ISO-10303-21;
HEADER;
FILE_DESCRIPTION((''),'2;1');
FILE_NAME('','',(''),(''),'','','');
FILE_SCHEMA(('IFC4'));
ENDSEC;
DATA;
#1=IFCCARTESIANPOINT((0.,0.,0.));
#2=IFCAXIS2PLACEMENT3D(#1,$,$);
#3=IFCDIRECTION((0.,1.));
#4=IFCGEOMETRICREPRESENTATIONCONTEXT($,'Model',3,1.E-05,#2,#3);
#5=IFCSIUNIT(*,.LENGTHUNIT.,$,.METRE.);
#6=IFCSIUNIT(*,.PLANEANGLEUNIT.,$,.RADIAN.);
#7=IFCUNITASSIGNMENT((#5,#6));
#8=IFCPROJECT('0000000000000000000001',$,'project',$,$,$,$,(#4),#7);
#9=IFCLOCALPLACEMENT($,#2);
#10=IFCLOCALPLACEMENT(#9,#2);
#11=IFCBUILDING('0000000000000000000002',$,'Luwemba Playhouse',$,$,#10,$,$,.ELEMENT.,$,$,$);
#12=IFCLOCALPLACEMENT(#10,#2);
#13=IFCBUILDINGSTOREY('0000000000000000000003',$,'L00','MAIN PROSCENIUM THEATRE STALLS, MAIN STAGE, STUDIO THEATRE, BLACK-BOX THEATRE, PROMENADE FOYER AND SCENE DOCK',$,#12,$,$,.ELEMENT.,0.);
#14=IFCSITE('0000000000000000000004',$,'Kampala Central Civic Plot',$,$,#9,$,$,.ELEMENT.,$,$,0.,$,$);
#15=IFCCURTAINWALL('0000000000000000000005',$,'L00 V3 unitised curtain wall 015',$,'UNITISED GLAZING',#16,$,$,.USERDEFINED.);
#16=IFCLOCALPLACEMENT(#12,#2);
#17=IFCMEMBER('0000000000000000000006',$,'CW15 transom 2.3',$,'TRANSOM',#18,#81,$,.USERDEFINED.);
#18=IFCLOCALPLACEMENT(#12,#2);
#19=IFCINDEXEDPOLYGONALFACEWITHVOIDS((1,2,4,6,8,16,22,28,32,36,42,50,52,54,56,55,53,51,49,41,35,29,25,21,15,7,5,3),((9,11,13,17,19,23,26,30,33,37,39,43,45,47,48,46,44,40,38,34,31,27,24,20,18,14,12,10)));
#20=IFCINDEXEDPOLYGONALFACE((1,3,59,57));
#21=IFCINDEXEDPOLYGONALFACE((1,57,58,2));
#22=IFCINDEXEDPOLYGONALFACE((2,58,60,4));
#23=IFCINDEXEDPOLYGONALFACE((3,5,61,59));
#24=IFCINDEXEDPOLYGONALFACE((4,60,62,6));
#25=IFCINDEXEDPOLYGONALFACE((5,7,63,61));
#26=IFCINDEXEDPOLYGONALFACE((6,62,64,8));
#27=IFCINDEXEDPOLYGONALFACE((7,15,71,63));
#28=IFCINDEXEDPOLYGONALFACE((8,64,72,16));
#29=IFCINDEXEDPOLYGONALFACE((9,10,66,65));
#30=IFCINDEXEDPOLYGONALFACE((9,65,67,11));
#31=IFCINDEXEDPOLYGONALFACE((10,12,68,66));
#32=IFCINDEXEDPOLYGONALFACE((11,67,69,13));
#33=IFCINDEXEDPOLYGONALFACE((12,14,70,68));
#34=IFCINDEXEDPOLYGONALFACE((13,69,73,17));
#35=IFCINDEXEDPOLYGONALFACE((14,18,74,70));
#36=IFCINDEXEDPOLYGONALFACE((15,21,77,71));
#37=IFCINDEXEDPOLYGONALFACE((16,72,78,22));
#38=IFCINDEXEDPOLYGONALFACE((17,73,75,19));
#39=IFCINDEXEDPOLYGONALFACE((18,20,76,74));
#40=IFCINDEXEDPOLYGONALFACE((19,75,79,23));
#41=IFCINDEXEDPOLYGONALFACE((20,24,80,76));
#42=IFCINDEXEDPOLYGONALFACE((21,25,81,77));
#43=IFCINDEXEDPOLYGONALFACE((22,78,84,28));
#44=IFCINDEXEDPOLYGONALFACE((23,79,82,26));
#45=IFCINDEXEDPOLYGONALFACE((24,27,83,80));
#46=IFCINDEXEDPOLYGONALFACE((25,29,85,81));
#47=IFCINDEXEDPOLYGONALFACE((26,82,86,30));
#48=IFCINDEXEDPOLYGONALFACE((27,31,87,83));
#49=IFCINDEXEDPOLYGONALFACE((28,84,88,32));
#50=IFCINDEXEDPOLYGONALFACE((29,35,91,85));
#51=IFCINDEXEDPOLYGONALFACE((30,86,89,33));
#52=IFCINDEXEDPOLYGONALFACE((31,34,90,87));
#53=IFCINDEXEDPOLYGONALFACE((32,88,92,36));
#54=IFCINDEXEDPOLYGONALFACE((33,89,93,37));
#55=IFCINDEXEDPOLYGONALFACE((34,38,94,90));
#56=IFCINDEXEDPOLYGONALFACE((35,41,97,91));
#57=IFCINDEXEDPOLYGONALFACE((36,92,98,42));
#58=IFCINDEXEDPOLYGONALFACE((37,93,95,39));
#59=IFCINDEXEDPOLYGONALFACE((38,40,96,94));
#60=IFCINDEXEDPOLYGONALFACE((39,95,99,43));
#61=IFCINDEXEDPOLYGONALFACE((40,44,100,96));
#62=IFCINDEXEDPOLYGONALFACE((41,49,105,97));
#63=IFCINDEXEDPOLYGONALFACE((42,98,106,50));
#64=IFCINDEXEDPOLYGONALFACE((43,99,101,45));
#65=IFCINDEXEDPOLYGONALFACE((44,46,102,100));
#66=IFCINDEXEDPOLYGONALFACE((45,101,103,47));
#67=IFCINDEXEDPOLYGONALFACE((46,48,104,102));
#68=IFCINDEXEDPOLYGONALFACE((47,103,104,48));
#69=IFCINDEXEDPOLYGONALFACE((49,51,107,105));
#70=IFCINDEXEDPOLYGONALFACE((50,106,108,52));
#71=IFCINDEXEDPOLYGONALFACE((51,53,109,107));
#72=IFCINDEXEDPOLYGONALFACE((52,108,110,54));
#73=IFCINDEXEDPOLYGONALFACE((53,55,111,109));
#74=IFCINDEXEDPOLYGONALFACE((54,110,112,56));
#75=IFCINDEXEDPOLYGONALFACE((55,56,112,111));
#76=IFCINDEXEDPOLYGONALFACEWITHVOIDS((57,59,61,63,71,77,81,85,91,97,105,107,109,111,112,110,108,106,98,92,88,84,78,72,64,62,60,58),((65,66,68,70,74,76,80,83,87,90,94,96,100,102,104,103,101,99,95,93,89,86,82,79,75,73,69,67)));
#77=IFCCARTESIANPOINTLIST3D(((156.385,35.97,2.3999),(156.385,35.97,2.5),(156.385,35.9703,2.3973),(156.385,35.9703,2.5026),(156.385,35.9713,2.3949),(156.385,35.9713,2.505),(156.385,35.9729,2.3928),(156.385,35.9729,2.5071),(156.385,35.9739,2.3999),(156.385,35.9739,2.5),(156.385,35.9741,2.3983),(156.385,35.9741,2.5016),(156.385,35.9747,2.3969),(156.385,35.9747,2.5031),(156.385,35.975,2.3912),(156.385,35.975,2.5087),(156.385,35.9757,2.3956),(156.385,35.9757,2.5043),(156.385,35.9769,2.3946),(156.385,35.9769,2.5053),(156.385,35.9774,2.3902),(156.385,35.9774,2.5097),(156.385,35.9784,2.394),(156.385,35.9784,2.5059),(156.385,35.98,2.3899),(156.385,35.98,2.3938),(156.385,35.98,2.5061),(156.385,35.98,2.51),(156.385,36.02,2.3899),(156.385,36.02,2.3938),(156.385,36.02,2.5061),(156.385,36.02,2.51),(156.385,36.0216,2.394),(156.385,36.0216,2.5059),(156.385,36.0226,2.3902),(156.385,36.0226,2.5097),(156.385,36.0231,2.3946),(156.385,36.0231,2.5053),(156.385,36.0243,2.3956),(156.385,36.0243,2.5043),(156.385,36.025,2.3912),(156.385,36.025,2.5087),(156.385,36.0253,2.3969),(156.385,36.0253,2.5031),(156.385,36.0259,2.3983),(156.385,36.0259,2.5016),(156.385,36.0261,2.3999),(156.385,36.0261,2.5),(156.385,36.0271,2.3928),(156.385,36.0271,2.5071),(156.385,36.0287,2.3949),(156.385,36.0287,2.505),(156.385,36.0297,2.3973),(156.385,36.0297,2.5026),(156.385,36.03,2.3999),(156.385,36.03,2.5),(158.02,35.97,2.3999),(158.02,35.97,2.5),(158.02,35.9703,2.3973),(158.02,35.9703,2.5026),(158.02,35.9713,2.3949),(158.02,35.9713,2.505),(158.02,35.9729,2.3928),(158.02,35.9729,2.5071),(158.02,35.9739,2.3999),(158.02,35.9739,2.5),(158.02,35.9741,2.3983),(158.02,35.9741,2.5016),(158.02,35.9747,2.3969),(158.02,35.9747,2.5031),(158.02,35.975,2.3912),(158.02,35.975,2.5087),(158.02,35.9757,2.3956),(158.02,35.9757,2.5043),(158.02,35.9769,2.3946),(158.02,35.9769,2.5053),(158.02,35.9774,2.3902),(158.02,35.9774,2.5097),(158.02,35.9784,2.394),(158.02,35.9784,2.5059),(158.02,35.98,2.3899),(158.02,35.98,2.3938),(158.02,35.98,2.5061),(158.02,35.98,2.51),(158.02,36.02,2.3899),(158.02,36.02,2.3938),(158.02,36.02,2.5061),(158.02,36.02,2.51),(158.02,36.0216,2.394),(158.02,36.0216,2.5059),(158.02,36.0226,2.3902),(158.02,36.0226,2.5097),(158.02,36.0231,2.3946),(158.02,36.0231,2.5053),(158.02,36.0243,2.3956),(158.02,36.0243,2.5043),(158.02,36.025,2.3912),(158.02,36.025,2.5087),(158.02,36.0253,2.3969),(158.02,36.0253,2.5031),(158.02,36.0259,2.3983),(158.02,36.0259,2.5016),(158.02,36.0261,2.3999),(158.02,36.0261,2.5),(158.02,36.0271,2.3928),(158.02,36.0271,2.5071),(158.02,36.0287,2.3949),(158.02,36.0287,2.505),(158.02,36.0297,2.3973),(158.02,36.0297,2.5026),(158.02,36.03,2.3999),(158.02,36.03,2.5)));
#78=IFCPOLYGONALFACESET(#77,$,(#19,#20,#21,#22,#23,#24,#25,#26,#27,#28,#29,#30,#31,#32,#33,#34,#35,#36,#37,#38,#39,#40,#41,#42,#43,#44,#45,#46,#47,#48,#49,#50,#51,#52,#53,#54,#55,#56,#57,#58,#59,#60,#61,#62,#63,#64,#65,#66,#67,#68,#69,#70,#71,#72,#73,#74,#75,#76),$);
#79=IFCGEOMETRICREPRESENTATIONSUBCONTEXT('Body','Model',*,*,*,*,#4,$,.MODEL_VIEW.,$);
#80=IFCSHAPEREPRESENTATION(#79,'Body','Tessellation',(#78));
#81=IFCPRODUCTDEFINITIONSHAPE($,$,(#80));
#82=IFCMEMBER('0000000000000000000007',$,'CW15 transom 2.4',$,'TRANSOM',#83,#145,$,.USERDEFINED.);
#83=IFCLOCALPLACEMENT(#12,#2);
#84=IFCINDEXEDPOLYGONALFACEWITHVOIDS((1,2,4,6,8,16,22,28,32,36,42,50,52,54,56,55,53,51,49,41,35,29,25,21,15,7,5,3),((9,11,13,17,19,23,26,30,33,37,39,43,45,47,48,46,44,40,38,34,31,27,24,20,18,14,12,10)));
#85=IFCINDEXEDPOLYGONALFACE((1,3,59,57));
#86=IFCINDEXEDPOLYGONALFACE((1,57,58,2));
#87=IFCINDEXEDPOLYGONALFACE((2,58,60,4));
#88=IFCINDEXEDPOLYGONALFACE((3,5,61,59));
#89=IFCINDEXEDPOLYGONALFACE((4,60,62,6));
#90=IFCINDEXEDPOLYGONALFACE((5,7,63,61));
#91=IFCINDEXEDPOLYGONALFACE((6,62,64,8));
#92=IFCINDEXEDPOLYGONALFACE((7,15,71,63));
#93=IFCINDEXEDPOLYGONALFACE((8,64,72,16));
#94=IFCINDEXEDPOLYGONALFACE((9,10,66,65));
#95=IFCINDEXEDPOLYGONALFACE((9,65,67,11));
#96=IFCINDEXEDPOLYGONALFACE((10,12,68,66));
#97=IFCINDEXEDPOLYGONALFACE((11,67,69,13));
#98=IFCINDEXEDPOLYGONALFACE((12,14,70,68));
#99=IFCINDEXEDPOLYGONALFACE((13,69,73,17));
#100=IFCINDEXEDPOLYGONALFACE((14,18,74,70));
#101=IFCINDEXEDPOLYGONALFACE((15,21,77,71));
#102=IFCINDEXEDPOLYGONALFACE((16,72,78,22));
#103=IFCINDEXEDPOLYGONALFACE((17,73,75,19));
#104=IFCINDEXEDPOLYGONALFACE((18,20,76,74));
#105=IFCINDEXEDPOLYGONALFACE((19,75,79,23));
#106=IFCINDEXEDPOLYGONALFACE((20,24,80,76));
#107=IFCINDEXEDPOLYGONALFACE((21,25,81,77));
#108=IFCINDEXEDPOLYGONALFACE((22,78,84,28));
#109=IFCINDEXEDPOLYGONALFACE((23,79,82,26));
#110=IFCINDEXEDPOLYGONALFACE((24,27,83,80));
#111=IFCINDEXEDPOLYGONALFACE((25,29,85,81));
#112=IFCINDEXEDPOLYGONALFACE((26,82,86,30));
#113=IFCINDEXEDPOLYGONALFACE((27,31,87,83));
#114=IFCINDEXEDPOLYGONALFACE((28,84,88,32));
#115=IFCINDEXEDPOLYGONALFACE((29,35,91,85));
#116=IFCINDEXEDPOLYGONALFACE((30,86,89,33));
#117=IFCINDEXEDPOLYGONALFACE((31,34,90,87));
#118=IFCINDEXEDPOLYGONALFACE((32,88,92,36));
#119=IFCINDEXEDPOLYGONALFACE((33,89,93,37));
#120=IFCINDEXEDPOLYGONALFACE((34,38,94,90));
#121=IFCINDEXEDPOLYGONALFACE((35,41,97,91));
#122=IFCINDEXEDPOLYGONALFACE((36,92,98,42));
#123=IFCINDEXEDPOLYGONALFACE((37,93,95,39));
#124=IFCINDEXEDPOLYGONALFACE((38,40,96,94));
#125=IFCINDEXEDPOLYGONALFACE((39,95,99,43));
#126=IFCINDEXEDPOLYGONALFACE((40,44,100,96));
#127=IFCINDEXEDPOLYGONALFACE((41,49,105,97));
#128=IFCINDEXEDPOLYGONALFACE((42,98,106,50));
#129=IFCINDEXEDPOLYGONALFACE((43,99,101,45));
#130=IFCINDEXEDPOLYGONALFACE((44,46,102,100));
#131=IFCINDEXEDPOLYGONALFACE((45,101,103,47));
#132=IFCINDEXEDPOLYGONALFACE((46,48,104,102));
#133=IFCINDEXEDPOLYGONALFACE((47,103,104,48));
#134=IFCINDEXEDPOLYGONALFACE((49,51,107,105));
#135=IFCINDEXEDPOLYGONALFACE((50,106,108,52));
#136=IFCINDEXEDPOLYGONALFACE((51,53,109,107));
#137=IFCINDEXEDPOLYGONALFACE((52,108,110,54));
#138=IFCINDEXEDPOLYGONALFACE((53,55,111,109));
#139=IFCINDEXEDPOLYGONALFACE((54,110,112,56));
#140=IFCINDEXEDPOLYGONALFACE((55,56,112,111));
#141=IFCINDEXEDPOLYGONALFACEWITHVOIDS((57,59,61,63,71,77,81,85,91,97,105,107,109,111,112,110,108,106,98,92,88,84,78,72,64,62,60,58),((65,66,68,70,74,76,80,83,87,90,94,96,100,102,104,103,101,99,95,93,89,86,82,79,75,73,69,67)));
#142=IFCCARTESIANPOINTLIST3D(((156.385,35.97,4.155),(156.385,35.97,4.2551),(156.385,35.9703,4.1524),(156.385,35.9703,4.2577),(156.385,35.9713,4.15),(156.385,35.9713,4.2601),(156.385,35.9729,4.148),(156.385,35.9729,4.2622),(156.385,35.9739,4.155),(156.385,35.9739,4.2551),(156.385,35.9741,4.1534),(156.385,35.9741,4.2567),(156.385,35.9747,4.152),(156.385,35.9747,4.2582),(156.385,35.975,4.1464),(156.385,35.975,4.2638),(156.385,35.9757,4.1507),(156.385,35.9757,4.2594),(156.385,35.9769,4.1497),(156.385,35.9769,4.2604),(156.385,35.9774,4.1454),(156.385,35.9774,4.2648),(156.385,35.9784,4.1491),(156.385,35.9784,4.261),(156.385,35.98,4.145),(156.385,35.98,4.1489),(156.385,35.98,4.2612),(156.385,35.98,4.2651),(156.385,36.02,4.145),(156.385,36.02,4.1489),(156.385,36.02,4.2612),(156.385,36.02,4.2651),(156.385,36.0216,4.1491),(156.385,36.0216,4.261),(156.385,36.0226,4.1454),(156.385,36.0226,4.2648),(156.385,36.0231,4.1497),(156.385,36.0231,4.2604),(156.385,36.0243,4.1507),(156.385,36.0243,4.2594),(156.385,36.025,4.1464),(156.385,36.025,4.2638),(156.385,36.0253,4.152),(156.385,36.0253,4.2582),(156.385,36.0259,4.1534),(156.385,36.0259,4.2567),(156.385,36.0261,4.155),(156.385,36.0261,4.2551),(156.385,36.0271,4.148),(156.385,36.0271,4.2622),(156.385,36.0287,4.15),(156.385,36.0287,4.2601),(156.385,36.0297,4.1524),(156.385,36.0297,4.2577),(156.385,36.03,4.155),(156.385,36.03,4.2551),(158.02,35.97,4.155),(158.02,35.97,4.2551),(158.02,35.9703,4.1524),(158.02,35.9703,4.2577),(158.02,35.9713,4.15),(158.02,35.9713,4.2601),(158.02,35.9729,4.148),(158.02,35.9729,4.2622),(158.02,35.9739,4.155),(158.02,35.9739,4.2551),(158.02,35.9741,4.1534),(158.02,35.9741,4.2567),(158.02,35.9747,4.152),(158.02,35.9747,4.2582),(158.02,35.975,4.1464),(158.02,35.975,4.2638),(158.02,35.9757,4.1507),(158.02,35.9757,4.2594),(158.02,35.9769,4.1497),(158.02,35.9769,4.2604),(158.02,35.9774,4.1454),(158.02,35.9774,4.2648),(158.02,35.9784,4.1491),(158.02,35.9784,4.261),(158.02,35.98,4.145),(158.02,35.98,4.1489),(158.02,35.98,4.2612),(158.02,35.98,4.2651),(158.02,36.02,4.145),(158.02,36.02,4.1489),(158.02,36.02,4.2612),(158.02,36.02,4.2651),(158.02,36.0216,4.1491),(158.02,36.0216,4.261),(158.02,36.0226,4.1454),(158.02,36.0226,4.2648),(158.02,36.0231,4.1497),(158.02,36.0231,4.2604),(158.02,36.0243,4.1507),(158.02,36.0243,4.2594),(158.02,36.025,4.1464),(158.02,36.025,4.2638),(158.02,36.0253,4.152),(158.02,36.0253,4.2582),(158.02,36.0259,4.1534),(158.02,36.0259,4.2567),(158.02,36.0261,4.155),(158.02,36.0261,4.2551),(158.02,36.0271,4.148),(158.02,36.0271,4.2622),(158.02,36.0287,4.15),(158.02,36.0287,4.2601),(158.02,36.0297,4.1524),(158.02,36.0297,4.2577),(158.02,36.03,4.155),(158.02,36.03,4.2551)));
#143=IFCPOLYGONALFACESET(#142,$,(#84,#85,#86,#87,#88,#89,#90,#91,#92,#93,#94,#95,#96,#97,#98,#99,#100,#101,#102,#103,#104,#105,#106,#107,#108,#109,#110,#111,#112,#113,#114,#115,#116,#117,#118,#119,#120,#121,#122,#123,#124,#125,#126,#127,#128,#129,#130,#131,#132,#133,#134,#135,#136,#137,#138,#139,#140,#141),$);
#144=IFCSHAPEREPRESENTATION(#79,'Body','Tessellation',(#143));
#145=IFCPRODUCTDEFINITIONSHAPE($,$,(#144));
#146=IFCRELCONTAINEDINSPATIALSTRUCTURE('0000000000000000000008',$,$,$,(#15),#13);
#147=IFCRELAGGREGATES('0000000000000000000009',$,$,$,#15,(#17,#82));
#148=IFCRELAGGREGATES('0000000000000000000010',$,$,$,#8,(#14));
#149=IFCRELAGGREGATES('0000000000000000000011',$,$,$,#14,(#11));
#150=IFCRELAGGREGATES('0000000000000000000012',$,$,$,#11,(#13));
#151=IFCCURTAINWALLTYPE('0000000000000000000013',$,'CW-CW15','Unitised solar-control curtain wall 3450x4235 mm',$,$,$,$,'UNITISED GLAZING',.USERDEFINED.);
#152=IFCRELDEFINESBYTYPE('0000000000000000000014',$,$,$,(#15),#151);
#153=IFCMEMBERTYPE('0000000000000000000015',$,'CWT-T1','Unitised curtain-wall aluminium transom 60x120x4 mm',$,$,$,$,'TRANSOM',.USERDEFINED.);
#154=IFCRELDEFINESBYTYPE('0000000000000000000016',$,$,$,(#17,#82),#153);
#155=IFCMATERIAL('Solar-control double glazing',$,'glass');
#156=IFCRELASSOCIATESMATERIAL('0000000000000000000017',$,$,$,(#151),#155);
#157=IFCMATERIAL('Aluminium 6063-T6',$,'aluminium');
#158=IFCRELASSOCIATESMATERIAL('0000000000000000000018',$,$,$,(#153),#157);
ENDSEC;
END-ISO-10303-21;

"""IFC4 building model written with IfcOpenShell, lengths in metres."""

from ifc_helpers import new_model, si_unit, direction, frame, origin, origin_2d, place, context, subcontext, project, spatial, hollow_rectangle, extrude, material, material_profile, profile_set, type_object, element, aggregate, save


model = new_model("IFC4")

# Units and contexts
model_context = context("Model", 3, precision=1e-05, world=origin(), true_north=direction((0.0, 1.0)))
body_context = subcontext(model_context, "Body", "Model", "MODEL_VIEW")
ifc_project = project(units=[si_unit("LENGTHUNIT", "METRE"), si_unit("PLANEANGLEUNIT", "RADIAN")], contexts=[model_context])

# Site, building, storey
site_placement = place(None, origin())
site = spatial("IfcSite", under=ifc_project, at=site_placement, Name="Kampala Central Civic Plot", CompositionType="ELEMENT", RefElevation=0.0)
building_placement = place(site_placement, origin())
building = spatial("IfcBuilding", under=site, at=building_placement, Name="Luwemba Playhouse", CompositionType="ELEMENT")
storey_placement = place(building_placement, origin())
storey = spatial("IfcBuildingStorey", under=building, at=storey_placement, Name="L00", Description="MAIN PROSCENIUM THEATRE STALLS, MAIN STAGE, STUDIO THEATRE, BLACK-BOX THEATRE, PROMENADE FOYER AND SCENE DOCK", CompositionType="ELEMENT", Elevation=0.0)

# Curtain wall
ifc_material_1 = material(Name="Solar-control double glazing", Category="glass")
curtain_wall_type_1 = type_object("IfcCurtainWallType", Name="CW-CW15", Description="Unitised solar-control curtain wall 3450x4235 mm", ElementType="UNITISED GLAZING", PredefinedType="USERDEFINED", material=ifc_material_1)
curtain_wall_1_placement = place(storey_placement, origin())
curtain_wall_1 = element("IfcCurtainWall", 1, at=curtain_wall_1_placement, inside=storey, type_object=curtain_wall_type_1, Name="L00 V3 unitised curtain wall 015", ObjectType="UNITISED GLAZING", PredefinedType="USERDEFINED")
ifc_material_2 = material(Name="Aluminium 6063-T6", Category="aluminium")

# Members
ifc_material_profile_1 = material_profile(ifc_material_2, hollow_rectangle(XDim=0.0601, YDim=0.1201, WallThickness=0.0039, InnerFilletRadius=0.0061, OuterFilletRadius=0.01, at=origin_2d()))
ifc_profile_set_1 = profile_set([ifc_material_profile_1], Name="Aluminium 6063-T6")
member_type_1 = type_object("IfcMemberType", Name="CWT-T1", Description="Unitised curtain-wall aluminium transom 60x120x4 mm", ElementType="TRANSOM", PredefinedType="USERDEFINED", material=ifc_profile_set_1)
member_1_placement = place(storey_placement, frame((158.02, 36.0, 2.45), z_axis=(-1.0, 0.0, 0.0), x_axis=(0.0, -1.0, 0.0)))
member_1 = element("IfcMember", 2, at=member_1_placement, type_object=member_type_1, Name="CW15 transom 2.3", ObjectType="TRANSOM", PredefinedType="USERDEFINED", context=body_context, shape_type="SweptSolid", body=[
    extrude(hollow_rectangle(XDim=0.0601, YDim=0.1201, WallThickness=0.0039, InnerFilletRadius=0.0061, OuterFilletRadius=0.01, at=origin_2d()), origin(), (0.0, 0.0, 1.0), 1.635),
])
member_2_placement = place(storey_placement, frame((158.02, 36.0, 4.2051), z_axis=(-1.0, 0.0, 0.0), x_axis=(0.0, -1.0, 0.0)))
member_2 = element("IfcMember", 3, at=member_2_placement, type_object=member_type_1, Name="CW15 transom 2.4", ObjectType="TRANSOM", PredefinedType="USERDEFINED", context=body_context, shape_type="SweptSolid", body=[
    extrude(hollow_rectangle(XDim=0.0601, YDim=0.1201, WallThickness=0.0039, InnerFilletRadius=0.0061, OuterFilletRadius=0.01, at=origin_2d()), origin(), (0.0, 0.0, 1.0), 1.635),
])

aggregate(curtain_wall_1, [member_1, member_2])

save(model, "model.ifc")
